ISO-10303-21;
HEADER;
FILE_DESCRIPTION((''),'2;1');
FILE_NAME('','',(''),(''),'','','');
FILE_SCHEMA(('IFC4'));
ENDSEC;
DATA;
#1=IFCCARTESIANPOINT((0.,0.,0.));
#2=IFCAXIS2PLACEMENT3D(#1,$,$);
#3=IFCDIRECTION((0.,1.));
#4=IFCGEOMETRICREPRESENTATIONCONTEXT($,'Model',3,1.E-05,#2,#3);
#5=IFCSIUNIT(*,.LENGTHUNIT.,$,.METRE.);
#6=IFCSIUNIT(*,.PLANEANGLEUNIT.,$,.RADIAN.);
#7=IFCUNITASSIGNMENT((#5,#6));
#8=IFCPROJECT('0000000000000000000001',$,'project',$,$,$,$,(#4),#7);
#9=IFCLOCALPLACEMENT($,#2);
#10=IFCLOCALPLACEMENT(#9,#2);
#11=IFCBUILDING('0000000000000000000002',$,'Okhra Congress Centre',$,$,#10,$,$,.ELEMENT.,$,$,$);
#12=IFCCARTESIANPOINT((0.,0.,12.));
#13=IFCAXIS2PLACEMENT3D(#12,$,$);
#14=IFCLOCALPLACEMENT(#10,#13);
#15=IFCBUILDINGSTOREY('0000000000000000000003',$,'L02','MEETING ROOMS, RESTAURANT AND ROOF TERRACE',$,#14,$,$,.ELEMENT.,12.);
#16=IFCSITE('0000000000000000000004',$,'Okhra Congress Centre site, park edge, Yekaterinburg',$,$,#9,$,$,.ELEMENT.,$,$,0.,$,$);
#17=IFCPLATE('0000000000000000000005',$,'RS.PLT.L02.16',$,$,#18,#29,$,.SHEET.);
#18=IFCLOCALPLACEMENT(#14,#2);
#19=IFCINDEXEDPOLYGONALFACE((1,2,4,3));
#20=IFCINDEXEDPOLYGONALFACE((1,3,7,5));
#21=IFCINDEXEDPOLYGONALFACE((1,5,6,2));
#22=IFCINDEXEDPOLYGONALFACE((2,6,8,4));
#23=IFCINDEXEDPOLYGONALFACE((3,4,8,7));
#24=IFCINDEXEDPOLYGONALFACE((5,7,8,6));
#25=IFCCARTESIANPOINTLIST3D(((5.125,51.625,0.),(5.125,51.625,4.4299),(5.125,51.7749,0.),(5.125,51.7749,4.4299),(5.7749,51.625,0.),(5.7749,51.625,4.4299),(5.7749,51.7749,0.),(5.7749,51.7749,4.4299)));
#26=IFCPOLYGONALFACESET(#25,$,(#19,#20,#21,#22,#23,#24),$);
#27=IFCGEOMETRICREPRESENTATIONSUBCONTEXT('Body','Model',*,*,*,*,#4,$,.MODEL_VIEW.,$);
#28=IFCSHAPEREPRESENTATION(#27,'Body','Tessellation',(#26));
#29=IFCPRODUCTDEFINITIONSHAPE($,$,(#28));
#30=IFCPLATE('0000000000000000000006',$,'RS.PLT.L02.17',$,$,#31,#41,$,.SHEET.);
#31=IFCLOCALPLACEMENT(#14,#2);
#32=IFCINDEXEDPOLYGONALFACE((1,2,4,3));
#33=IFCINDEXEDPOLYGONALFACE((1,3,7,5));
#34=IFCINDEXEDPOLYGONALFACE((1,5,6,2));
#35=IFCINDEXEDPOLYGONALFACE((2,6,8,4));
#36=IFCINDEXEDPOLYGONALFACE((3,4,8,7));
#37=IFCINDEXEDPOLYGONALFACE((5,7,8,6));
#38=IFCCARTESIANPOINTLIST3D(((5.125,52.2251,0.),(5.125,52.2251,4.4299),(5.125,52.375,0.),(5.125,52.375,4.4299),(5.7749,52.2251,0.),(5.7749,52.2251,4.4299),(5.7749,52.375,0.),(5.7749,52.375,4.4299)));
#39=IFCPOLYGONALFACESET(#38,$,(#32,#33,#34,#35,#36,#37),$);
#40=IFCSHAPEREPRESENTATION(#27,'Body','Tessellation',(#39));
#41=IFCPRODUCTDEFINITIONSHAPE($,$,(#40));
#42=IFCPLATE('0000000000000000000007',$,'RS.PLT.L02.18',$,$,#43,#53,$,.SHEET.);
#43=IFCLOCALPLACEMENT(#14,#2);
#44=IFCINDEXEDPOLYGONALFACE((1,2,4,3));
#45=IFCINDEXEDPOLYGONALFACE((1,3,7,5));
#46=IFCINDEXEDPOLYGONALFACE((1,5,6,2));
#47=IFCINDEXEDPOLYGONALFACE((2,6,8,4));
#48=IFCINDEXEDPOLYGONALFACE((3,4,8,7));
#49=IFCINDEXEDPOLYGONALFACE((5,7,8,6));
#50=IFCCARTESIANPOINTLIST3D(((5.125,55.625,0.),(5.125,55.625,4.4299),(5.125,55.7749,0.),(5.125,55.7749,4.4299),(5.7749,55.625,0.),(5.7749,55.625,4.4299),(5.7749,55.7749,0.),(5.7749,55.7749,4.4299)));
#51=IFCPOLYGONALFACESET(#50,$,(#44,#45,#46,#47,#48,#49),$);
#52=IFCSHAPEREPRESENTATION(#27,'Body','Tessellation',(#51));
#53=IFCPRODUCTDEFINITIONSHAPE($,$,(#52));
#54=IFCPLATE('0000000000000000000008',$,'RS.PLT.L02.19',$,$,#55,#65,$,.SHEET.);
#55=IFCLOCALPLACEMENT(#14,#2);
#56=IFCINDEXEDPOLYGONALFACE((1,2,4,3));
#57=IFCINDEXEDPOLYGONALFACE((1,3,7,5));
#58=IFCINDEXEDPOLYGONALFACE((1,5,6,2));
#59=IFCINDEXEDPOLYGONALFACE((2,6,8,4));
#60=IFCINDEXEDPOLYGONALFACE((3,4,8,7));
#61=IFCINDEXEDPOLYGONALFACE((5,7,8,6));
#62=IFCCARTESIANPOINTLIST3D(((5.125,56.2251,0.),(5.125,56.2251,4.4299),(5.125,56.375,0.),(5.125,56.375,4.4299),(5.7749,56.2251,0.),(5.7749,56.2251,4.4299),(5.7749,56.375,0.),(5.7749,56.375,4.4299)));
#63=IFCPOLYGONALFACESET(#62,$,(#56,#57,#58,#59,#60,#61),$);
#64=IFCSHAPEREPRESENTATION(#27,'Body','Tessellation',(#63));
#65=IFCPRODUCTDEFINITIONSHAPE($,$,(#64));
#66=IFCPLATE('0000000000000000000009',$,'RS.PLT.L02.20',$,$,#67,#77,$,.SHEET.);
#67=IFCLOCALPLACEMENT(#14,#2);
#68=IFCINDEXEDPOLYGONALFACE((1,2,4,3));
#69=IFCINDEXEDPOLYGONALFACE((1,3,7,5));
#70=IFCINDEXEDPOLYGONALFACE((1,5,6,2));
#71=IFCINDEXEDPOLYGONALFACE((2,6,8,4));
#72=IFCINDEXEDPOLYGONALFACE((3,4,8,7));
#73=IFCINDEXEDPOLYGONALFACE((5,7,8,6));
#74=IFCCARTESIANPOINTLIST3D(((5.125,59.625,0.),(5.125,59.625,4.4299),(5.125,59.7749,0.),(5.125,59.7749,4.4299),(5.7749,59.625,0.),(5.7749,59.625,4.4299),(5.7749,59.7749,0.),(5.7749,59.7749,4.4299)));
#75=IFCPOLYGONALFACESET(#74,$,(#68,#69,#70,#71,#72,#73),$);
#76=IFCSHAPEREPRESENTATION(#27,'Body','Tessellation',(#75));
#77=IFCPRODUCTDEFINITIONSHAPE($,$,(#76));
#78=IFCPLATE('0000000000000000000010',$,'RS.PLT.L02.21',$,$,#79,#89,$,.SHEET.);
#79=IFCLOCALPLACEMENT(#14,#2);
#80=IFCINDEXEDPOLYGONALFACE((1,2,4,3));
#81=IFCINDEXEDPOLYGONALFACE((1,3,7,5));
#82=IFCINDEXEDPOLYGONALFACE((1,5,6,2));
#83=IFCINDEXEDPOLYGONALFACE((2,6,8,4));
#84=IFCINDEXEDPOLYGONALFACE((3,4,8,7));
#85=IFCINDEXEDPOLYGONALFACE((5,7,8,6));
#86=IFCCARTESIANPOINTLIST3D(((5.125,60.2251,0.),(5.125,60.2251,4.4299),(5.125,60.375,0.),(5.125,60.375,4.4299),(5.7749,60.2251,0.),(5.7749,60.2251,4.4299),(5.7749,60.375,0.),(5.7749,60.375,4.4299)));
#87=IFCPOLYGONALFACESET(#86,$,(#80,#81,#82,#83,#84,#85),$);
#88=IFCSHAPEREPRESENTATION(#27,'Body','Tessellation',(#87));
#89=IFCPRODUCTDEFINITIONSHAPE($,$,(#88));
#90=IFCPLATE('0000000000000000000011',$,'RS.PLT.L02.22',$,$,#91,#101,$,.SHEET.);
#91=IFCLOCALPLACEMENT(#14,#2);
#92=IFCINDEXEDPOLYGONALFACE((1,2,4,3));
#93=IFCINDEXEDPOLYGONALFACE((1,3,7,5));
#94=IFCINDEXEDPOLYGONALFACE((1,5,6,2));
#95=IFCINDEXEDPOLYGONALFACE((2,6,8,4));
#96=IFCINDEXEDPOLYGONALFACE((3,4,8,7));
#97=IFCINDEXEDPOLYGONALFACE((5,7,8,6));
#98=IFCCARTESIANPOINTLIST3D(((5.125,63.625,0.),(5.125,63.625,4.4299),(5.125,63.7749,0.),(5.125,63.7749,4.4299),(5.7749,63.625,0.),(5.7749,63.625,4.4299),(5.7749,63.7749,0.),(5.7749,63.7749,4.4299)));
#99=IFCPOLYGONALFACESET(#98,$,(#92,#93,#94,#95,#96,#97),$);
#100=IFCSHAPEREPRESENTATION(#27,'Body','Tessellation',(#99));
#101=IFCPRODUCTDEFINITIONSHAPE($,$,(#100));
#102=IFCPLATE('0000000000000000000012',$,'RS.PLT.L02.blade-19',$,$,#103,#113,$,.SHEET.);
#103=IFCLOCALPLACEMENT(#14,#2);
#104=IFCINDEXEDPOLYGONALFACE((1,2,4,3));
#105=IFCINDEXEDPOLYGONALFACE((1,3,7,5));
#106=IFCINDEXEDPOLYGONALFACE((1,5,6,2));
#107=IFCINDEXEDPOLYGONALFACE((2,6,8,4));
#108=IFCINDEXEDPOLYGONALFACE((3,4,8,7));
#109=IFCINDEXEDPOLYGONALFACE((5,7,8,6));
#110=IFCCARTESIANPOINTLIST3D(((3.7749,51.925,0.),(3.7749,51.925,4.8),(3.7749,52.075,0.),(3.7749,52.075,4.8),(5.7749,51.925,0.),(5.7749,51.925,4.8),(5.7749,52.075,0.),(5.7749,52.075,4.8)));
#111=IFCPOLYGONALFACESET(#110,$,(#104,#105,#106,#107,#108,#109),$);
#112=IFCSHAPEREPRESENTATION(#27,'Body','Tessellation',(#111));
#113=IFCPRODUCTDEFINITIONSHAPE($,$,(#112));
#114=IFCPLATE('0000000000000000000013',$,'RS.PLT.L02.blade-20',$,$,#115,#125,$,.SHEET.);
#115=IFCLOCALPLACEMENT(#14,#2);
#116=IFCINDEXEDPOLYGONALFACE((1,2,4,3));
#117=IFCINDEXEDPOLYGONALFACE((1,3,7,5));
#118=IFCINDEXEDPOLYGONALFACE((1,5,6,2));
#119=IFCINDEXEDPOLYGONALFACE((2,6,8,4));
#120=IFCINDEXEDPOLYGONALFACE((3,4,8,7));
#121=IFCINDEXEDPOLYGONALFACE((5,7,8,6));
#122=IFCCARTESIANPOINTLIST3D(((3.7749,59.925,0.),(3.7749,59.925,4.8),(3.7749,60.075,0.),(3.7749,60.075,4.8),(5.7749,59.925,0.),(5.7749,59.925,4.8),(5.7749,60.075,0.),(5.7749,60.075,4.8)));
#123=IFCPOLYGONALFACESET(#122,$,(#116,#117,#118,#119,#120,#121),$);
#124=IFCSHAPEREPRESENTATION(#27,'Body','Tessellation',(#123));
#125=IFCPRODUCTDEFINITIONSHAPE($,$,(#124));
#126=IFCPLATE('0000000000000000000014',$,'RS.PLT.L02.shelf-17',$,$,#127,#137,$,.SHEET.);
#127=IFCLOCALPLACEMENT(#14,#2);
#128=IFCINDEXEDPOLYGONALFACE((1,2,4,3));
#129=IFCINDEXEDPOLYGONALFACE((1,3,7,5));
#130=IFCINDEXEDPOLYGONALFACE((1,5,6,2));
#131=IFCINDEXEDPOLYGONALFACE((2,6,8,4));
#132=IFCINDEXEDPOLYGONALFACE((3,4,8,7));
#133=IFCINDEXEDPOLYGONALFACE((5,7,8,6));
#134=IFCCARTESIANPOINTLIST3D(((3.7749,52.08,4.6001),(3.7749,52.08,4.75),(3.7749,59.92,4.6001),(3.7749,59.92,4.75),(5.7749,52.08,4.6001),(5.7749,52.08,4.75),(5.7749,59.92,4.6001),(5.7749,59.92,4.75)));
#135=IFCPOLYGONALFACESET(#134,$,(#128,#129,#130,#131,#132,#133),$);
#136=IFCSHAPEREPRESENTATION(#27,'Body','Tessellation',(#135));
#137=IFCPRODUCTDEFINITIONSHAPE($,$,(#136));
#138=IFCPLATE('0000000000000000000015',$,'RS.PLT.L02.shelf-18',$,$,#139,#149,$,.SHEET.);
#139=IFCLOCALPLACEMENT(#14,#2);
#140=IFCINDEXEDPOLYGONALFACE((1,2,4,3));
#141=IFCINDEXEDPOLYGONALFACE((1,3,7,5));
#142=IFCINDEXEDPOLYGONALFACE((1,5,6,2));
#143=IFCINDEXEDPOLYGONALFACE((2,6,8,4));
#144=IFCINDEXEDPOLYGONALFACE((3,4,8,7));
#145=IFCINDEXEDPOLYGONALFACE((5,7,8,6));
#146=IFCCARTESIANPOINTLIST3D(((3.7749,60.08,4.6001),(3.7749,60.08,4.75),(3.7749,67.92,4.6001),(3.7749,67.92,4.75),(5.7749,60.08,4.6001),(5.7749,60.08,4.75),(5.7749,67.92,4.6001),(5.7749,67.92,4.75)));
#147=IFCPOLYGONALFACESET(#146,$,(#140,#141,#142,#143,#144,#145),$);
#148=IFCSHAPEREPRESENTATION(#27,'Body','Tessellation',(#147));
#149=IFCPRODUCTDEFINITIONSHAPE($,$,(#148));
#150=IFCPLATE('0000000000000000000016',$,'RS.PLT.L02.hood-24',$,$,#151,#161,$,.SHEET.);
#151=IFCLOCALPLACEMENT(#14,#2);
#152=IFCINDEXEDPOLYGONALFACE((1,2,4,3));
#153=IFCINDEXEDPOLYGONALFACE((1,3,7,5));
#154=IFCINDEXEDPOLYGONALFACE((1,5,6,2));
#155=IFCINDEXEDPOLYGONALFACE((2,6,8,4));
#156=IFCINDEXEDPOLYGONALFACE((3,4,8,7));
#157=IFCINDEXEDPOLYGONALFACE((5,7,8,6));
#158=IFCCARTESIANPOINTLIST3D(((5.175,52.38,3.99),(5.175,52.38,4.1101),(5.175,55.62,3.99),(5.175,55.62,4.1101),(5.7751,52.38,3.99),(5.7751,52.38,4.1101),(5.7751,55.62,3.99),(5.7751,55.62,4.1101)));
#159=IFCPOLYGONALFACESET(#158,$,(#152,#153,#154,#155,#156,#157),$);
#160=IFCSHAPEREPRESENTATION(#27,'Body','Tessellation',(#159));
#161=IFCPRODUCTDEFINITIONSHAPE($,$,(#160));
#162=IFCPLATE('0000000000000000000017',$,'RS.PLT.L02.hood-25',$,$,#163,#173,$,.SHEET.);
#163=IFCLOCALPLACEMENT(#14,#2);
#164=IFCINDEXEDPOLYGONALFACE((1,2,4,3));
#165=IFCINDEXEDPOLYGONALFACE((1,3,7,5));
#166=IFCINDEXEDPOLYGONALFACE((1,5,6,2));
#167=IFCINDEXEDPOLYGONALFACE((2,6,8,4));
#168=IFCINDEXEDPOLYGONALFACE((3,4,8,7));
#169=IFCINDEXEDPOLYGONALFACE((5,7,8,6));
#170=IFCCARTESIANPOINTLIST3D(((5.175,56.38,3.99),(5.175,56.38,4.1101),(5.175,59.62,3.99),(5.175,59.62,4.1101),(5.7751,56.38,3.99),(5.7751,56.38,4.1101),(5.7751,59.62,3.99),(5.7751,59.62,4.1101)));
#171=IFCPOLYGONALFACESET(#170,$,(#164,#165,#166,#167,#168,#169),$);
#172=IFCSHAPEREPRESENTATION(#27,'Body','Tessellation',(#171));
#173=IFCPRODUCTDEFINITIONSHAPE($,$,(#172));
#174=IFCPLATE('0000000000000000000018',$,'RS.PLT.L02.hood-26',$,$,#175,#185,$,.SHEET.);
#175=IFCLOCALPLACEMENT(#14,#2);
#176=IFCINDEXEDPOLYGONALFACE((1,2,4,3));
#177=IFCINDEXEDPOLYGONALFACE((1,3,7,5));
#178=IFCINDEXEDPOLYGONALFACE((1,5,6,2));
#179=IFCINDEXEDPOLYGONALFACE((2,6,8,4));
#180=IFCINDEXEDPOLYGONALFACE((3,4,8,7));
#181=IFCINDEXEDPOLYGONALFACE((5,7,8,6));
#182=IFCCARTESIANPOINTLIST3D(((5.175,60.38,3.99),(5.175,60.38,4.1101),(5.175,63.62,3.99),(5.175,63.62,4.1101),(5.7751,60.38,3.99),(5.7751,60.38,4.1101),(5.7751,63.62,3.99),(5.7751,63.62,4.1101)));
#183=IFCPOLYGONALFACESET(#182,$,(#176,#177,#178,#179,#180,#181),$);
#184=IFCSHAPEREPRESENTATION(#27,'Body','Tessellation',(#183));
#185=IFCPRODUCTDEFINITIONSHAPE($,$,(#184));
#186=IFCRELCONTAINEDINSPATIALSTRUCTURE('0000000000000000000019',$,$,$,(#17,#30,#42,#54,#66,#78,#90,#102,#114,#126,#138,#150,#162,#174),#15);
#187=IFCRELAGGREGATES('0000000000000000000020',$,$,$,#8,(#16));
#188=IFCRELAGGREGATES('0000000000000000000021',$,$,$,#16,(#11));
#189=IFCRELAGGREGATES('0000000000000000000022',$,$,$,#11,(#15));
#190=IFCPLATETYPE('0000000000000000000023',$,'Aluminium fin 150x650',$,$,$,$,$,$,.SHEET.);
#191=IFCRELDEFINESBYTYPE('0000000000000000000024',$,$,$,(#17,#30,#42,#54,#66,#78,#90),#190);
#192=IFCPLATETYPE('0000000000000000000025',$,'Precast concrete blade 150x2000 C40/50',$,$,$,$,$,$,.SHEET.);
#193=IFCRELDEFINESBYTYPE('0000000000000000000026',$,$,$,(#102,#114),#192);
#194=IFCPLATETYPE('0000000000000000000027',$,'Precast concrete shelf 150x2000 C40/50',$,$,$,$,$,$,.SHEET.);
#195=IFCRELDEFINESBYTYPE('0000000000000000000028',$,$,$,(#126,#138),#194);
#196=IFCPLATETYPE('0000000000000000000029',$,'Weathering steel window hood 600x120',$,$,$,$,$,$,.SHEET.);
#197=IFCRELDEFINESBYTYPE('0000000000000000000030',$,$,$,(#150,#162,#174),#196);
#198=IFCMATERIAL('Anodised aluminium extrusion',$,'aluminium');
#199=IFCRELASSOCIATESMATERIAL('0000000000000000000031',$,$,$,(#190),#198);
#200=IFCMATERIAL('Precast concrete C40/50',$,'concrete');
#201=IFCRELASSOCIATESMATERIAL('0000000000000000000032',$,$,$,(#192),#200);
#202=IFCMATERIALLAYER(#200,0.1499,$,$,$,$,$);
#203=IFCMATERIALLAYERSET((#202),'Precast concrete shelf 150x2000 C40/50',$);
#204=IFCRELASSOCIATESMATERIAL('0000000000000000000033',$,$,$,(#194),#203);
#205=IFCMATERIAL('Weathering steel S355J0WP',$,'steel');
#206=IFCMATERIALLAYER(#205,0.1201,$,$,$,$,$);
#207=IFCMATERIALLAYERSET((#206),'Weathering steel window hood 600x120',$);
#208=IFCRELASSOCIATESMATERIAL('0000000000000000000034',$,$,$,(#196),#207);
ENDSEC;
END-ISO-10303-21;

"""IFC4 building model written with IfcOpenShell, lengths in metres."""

from ifc_helpers import new_model, si_unit, direction, frame, origin, origin_2d, place, context, subcontext, project, spatial, rectangle, extrude, material, layer, layer_set, type_object, element, save


model = new_model("IFC4")

# Units and contexts
model_context = context("Model", 3, precision=1e-05, world=origin(), true_north=direction((0.0, 1.0)))
body_context = subcontext(model_context, "Body", "Model", "MODEL_VIEW")
ifc_project = project(units=[si_unit("LENGTHUNIT", "METRE"), si_unit("PLANEANGLEUNIT", "RADIAN")], contexts=[model_context])

# Site, building, storey
site_placement = place(None, origin())
site = spatial("IfcSite", under=ifc_project, at=site_placement, Name="Okhra Congress Centre site, park edge, Yekaterinburg", CompositionType="ELEMENT", RefElevation=0.0)
building_placement = place(site_placement, origin())
building = spatial("IfcBuilding", under=site, at=building_placement, Name="Okhra Congress Centre", CompositionType="ELEMENT")
storey_placement = place(building_placement, frame((0.0, 0.0, 12.0)))
storey = spatial("IfcBuildingStorey", under=building, at=storey_placement, Name="L02", Description="MEETING ROOMS, RESTAURANT AND ROOF TERRACE", CompositionType="ELEMENT", Elevation=12.0)

# Plates
ifc_material_1 = material(Name="Anodised aluminium extrusion", Category="aluminium")
plate_type_1 = type_object("IfcPlateType", Name="Aluminium fin 150x650", PredefinedType="SHEET", material=ifc_material_1)
for number, where, z_axis, x_axis, name in (
    (1, (5.45, 51.7, 0.0), (0.0, 0.0, 1.0), (0.0, -1.0, 0.0), "RS.PLT.L02.16"),
    (2, (5.45, 52.3, 0.0), (0.0, 0.0, 1.0), (0.0, -1.0, 0.0), "RS.PLT.L02.17"),
    (3, (5.45, 55.7, 0.0), (0.0, 0.0, 1.0), (0.0, -1.0, 0.0), "RS.PLT.L02.18"),
    (4, (5.45, 56.3, 0.0), (0.0, 0.0, 1.0), (0.0, -1.0, 0.0), "RS.PLT.L02.19"),
    (5, (5.45, 59.7, 0.0), (0.0, 0.0, 1.0), (0.0, -1.0, 0.0), "RS.PLT.L02.20"),
    (6, (5.45, 60.3, 0.0), (0.0, 0.0, 1.0), (0.0, -1.0, 0.0), "RS.PLT.L02.21"),
    (7, (5.45, 63.7, 0.0), (0.0, 0.0, 1.0), (0.0, -1.0, 0.0), "RS.PLT.L02.22"),
):
    element("IfcPlate", number, at=place(storey_placement, frame(where, z_axis=z_axis, x_axis=x_axis)), inside=storey, type_object=plate_type_1, Name=name, PredefinedType="SHEET", context=body_context, shape_type="SweptSolid", body=[
        extrude(rectangle(XDim=0.1499, YDim=0.6499, at=origin_2d()), origin(), (0.0, 0.0, 1.0), 4.4299),
    ])
ifc_material_2 = material(Name="Precast concrete C40/50", Category="concrete")
plate_type_2 = type_object("IfcPlateType", Name="Precast concrete blade 150x2000 C40/50", PredefinedType="SHEET", material=ifc_material_2)
for number, where, z_axis, x_axis, name in (
    (8, (4.7749, 52.0, 0.0), (0.0, 0.0, 1.0), (0.0, -1.0, 0.0), "RS.PLT.L02.blade-19"),
    (9, (4.7749, 60.0, 0.0), (0.0, 0.0, 1.0), (0.0, -1.0, 0.0), "RS.PLT.L02.blade-20"),
):
    element("IfcPlate", number, at=place(storey_placement, frame(where, z_axis=z_axis, x_axis=x_axis)), inside=storey, type_object=plate_type_2, Name=name, PredefinedType="SHEET", context=body_context, shape_type="SweptSolid", body=[
        extrude(rectangle(XDim=0.1499, YDim=2.0, at=origin_2d()), origin(), (0.0, 0.0, 1.0), 4.8),
    ])
ifc_layer_1 = layer(ifc_material_2, 0.1499)
ifc_layer_set_1 = layer_set([ifc_layer_1], Name="Precast concrete shelf 150x2000 C40/50")
plate_type_3 = type_object("IfcPlateType", Name="Precast concrete shelf 150x2000 C40/50", PredefinedType="SHEET", material=ifc_layer_set_1)
for number, where, z_axis, x_axis, name in (
    (10, (4.7749, 56.0, 4.6001), (0.0, 0.0, 1.0), (0.0, -1.0, 0.0), "RS.PLT.L02.shelf-17"),
    (11, (4.7749, 64.0, 4.6001), (0.0, 0.0, 1.0), (0.0, -1.0, 0.0), "RS.PLT.L02.shelf-18"),
):
    element("IfcPlate", number, at=place(storey_placement, frame(where, z_axis=z_axis, x_axis=x_axis)), inside=storey, type_object=plate_type_3, Name=name, PredefinedType="SHEET", context=body_context, shape_type="SweptSolid", body=[
        extrude(rectangle(XDim=7.8401, YDim=2.0, at=origin_2d()), origin(), (0.0, 0.0, 1.0), 0.1499),
    ])
ifc_material_3 = material(Name="Weathering steel S355J0WP", Category="steel")
ifc_layer_2 = layer(ifc_material_3, 0.1201)
ifc_layer_set_2 = layer_set([ifc_layer_2], Name="Weathering steel window hood 600x120")
plate_type_4 = type_object("IfcPlateType", Name="Weathering steel window hood 600x120", PredefinedType="SHEET", material=ifc_layer_set_2)
for number, where, z_axis, x_axis, name in (
    (12, (5.4751, 54.0, 3.99), (0.0, 0.0, 1.0), (0.0, -1.0, 0.0), "RS.PLT.L02.hood-24"),
    (13, (5.4751, 58.0, 3.99), (0.0, 0.0, 1.0), (0.0, -1.0, 0.0), "RS.PLT.L02.hood-25"),
    (14, (5.4751, 62.0, 3.99), (0.0, 0.0, 1.0), (0.0, -1.0, 0.0), "RS.PLT.L02.hood-26"),
):
    element("IfcPlate", number, at=place(storey_placement, frame(where, z_axis=z_axis, x_axis=x_axis)), inside=storey, type_object=plate_type_4, Name=name, PredefinedType="SHEET", context=body_context, shape_type="SweptSolid", body=[
        extrude(rectangle(XDim=3.24, YDim=0.6001, at=origin_2d()), origin(), (0.0, 0.0, 1.0), 0.1201),
    ])

save(model, "model.ifc")
